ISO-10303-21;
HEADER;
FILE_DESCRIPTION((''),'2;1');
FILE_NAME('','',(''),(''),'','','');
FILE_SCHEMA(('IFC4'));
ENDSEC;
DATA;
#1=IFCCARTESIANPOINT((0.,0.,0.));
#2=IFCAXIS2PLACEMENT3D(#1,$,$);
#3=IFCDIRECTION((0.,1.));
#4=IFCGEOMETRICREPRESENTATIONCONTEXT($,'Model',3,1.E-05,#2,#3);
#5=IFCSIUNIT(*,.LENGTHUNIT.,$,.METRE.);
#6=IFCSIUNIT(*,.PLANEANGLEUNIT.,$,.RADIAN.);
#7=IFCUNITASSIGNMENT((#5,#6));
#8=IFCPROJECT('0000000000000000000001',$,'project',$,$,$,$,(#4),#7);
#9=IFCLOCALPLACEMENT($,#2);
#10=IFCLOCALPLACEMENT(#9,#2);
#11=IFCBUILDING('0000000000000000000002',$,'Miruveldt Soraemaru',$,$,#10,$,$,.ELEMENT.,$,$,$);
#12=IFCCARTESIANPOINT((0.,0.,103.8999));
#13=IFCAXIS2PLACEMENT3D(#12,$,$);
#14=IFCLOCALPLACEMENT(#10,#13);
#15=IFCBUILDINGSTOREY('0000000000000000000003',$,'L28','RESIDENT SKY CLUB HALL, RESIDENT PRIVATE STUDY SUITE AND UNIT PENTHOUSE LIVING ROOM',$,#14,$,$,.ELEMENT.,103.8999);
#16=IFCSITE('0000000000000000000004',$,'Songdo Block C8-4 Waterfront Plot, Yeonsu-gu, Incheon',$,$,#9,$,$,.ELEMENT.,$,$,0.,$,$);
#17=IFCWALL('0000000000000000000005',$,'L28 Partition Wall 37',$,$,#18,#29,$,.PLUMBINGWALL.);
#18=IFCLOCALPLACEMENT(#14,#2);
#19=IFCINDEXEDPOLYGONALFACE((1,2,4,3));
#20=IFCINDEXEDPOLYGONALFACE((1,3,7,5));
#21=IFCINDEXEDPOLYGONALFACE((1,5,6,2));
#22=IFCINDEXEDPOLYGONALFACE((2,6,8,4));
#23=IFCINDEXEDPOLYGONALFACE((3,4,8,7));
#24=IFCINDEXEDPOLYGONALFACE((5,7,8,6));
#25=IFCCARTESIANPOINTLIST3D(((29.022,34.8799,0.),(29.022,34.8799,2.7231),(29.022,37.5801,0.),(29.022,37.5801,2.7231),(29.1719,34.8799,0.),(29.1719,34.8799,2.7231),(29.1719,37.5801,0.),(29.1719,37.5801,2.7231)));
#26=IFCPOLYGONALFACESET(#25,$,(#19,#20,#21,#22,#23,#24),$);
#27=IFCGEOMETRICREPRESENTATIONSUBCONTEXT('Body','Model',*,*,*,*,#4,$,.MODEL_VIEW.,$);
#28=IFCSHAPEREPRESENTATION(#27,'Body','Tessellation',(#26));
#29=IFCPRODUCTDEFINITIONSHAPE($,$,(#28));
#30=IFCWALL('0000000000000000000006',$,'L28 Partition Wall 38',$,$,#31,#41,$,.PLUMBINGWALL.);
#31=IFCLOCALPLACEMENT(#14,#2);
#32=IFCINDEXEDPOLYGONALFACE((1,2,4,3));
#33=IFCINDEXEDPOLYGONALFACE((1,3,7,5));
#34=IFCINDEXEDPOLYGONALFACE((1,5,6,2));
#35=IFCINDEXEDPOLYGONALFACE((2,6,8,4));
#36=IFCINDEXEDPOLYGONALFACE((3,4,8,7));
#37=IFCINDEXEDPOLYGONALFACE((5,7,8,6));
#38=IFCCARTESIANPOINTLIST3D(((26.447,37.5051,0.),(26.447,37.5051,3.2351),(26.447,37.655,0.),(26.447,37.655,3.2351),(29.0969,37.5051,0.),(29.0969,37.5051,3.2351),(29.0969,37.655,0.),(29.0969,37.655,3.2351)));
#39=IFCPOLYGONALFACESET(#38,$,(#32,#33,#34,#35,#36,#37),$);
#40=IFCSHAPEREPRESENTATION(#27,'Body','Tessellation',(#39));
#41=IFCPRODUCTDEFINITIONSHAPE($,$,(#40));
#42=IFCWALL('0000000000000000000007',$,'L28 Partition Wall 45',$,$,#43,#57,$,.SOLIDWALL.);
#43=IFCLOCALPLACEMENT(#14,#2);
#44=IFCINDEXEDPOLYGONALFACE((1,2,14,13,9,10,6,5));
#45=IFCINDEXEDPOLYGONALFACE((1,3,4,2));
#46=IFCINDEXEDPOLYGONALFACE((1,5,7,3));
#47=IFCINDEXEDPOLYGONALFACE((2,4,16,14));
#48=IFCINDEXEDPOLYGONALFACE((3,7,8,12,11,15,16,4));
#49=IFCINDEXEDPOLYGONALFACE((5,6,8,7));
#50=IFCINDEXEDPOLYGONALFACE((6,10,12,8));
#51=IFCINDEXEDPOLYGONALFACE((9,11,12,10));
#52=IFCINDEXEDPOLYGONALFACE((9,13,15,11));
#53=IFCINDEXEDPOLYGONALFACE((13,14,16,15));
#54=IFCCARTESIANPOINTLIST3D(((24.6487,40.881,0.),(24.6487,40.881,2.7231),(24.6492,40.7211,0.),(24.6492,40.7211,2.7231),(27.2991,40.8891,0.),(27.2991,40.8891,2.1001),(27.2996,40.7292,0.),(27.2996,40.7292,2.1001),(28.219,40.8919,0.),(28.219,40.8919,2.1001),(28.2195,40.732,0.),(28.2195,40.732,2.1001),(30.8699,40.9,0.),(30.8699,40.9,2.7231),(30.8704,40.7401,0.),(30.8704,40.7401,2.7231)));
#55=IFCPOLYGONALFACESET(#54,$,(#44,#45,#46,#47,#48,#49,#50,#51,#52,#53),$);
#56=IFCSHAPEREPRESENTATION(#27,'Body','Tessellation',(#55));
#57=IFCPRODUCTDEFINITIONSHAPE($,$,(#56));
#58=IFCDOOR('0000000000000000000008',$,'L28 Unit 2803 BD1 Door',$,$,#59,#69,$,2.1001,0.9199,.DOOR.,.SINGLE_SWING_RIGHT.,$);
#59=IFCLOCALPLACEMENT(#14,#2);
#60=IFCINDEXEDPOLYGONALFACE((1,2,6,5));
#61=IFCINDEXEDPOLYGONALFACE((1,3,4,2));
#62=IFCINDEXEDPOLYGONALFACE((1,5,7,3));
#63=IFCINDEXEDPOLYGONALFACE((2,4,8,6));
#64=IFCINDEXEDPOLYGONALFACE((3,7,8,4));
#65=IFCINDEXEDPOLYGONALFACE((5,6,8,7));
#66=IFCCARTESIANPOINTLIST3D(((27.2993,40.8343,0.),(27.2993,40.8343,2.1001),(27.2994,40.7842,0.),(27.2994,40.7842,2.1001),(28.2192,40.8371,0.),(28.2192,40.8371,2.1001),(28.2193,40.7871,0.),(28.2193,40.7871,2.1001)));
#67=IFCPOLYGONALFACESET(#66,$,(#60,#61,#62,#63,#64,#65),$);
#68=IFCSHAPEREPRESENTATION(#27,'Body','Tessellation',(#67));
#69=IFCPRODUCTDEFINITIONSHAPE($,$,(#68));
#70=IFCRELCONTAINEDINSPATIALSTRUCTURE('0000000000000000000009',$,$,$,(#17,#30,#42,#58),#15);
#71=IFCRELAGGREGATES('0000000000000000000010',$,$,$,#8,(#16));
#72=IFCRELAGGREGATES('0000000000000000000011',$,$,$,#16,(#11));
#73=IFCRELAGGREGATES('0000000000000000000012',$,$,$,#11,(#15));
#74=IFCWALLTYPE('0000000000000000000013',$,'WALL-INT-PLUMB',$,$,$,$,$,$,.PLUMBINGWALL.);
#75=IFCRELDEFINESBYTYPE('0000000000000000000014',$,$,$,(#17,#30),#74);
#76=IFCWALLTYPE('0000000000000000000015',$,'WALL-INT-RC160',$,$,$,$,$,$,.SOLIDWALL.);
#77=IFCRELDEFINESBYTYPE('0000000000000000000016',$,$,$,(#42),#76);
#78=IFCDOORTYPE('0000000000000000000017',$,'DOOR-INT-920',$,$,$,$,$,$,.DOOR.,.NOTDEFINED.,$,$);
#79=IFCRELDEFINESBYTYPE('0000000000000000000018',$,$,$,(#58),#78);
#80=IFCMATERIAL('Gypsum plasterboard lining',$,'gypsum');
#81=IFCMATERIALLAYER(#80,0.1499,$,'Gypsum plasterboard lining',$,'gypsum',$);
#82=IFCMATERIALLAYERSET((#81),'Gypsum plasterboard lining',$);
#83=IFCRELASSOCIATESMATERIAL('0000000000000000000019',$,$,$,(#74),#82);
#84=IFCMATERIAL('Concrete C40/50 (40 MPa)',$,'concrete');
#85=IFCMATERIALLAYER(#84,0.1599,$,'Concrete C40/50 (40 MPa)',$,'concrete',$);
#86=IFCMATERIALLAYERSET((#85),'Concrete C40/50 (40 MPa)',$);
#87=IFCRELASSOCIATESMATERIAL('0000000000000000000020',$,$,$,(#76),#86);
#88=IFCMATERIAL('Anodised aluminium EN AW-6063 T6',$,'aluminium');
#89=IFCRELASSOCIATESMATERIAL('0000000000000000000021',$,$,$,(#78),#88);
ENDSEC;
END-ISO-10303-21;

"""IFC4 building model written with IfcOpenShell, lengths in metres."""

from ifc_helpers import new_model, si_unit, direction, frame, frame_2d, origin, place, context, subcontext, project, spatial, rectangle, extrude, material, layer, layer_set, type_object, element, fill, save


model = new_model("IFC4")

# Units and contexts
model_context = context("Model", 3, precision=1e-05, world=origin(), true_north=direction((0.0, 1.0)))
body_context = subcontext(model_context, "Body", "Model", "MODEL_VIEW")
ifc_project = project(units=[si_unit("LENGTHUNIT", "METRE"), si_unit("PLANEANGLEUNIT", "RADIAN")], contexts=[model_context])

# Site, building, storey
site_placement = place(None, origin())
site = spatial("IfcSite", under=ifc_project, at=site_placement, Name="Songdo Block C8-4 Waterfront Plot, Yeonsu-gu, Incheon", CompositionType="ELEMENT", RefElevation=0.0)
building_placement = place(site_placement, origin())
building = spatial("IfcBuilding", under=site, at=building_placement, Name="Miruveldt Soraemaru", CompositionType="ELEMENT")
storey_placement = place(building_placement, frame((0.0, 0.0, 103.8999)))
storey = spatial("IfcBuildingStorey", under=building, at=storey_placement, Name="L28", Description="RESIDENT SKY CLUB HALL, RESIDENT PRIVATE STUDY SUITE AND UNIT PENTHOUSE LIVING ROOM", CompositionType="ELEMENT", Elevation=103.8999)

# Shared definitions
ifc_material_1 = material(Name="Gypsum plasterboard lining", Category="gypsum")
ifc_layer_1 = layer(ifc_material_1, 0.1499, Name="Gypsum plasterboard lining", Category="gypsum")
ifc_layer_set_1 = layer_set([ifc_layer_1], Name="Gypsum plasterboard lining")
wall_type_1 = type_object("IfcWallType", Name="WALL-INT-PLUMB", PredefinedType="PLUMBINGWALL", material=ifc_layer_set_1)
ifc_material_2 = material(Name="Anodised aluminium EN AW-6063 T6", Category="aluminium")

# Walls
wall_1_placement = place(storey_placement, frame((29.0969, 34.8799, 0.0), z_axis=(0.0, 0.0, 1.0), x_axis=(0.0, 1.0, 0.0)))
element("IfcWall", 1, at=wall_1_placement, inside=storey, type_object=wall_type_1, Name="L28 Partition Wall 37", PredefinedType="PLUMBINGWALL", context=body_context, shape_type="SweptSolid", body=[
    extrude(rectangle(XDim=2.7002, YDim=0.1499, at=frame_2d((1.3501, 0.0))), origin(), (0.0, 0.0, 1.0), 2.7231),
])
wall_2_placement = place(storey_placement, frame((29.0969, 37.5801, 0.0), z_axis=(0.0, 0.0, 1.0), x_axis=(-1.0, 0.0, 0.0)))
element("IfcWall", 2, at=wall_2_placement, inside=storey, type_object=wall_type_1, Name="L28 Partition Wall 38", PredefinedType="PLUMBINGWALL", context=body_context, shape_type="SweptSolid", body=[
    extrude(rectangle(XDim=2.6499, YDim=0.1499, at=frame_2d((1.325, 0.0))), origin(), (0.0, 0.0, 1.0), 3.2351),
])

# Wall, opening, door
ifc_material_3 = material(Name="Concrete C40/50 (40 MPa)", Category="concrete")
ifc_layer_2 = layer(ifc_material_3, 0.1599, Name="Concrete C40/50 (40 MPa)", Category="concrete")
ifc_layer_set_2 = layer_set([ifc_layer_2], Name="Concrete C40/50 (40 MPa)")
wall_type_2 = type_object("IfcWallType", Name="WALL-INT-RC160", PredefinedType="SOLIDWALL", material=ifc_layer_set_2)
wall_3_placement = place(storey_placement, frame((30.8701, 40.8201, 0.0), z_axis=(0.0, 0.0, 1.0), x_axis=(-0.999995, -0.003061, 0.0)))
wall_3 = element("IfcWall", 3, at=wall_3_placement, inside=storey, type_object=wall_type_2, Name="L28 Partition Wall 45", PredefinedType="SOLIDWALL", context=body_context, shape_type="SweptSolid", body=[
    extrude(rectangle(XDim=6.2212, YDim=0.1599, at=frame_2d((3.1106, 0.0))), origin(), (0.0, 0.0, 1.0), 2.7231),
])
opening_1_placement = place(wall_3_placement, frame((2.6509, 0.0, 0.0)))
opening_1 = element("IfcOpeningElement", 4, at=opening_1_placement, cuts=wall_3, PredefinedType="OPENING", context=body_context, shape_type="SweptSolid", body=[
    extrude(rectangle(XDim=0.9199, YDim=2.1001, at=frame_2d((0.46, 1.05))), frame((0.0, 0.0898, 0.0), z_axis=(0.0, -1.0, 0.0), x_axis=(1.0, 0.0, 0.0)), (0.0, 0.0, 1.0), 0.1799),
])
door_type_1 = type_object("IfcDoorType", Name="DOOR-INT-920", OperationType="NOTDEFINED", PredefinedType="DOOR", material=ifc_material_2)
door_1_placement = place(opening_1_placement, origin())
door_1 = element("IfcDoor", 5, at=door_1_placement, inside=storey, type_object=door_type_1, Name="L28 Unit 2803 BD1 Door", OperationType="SINGLE_SWING_RIGHT", OverallHeight=2.1001, OverallWidth=0.9199, PredefinedType="DOOR", context=body_context, shape_type="SweptSolid", body=[
    extrude(rectangle(XDim=0.9199, YDim=2.1001, at=frame_2d((0.46, 1.05))), frame((0.0, 0.0249, 0.0), z_axis=(0.0, -1.0, 0.0), x_axis=(1.0, 0.0, 0.0)), (0.0, 0.0, 1.0), 0.05),
])
fill(opening_1, door_1)

save(model, "model.ifc")
